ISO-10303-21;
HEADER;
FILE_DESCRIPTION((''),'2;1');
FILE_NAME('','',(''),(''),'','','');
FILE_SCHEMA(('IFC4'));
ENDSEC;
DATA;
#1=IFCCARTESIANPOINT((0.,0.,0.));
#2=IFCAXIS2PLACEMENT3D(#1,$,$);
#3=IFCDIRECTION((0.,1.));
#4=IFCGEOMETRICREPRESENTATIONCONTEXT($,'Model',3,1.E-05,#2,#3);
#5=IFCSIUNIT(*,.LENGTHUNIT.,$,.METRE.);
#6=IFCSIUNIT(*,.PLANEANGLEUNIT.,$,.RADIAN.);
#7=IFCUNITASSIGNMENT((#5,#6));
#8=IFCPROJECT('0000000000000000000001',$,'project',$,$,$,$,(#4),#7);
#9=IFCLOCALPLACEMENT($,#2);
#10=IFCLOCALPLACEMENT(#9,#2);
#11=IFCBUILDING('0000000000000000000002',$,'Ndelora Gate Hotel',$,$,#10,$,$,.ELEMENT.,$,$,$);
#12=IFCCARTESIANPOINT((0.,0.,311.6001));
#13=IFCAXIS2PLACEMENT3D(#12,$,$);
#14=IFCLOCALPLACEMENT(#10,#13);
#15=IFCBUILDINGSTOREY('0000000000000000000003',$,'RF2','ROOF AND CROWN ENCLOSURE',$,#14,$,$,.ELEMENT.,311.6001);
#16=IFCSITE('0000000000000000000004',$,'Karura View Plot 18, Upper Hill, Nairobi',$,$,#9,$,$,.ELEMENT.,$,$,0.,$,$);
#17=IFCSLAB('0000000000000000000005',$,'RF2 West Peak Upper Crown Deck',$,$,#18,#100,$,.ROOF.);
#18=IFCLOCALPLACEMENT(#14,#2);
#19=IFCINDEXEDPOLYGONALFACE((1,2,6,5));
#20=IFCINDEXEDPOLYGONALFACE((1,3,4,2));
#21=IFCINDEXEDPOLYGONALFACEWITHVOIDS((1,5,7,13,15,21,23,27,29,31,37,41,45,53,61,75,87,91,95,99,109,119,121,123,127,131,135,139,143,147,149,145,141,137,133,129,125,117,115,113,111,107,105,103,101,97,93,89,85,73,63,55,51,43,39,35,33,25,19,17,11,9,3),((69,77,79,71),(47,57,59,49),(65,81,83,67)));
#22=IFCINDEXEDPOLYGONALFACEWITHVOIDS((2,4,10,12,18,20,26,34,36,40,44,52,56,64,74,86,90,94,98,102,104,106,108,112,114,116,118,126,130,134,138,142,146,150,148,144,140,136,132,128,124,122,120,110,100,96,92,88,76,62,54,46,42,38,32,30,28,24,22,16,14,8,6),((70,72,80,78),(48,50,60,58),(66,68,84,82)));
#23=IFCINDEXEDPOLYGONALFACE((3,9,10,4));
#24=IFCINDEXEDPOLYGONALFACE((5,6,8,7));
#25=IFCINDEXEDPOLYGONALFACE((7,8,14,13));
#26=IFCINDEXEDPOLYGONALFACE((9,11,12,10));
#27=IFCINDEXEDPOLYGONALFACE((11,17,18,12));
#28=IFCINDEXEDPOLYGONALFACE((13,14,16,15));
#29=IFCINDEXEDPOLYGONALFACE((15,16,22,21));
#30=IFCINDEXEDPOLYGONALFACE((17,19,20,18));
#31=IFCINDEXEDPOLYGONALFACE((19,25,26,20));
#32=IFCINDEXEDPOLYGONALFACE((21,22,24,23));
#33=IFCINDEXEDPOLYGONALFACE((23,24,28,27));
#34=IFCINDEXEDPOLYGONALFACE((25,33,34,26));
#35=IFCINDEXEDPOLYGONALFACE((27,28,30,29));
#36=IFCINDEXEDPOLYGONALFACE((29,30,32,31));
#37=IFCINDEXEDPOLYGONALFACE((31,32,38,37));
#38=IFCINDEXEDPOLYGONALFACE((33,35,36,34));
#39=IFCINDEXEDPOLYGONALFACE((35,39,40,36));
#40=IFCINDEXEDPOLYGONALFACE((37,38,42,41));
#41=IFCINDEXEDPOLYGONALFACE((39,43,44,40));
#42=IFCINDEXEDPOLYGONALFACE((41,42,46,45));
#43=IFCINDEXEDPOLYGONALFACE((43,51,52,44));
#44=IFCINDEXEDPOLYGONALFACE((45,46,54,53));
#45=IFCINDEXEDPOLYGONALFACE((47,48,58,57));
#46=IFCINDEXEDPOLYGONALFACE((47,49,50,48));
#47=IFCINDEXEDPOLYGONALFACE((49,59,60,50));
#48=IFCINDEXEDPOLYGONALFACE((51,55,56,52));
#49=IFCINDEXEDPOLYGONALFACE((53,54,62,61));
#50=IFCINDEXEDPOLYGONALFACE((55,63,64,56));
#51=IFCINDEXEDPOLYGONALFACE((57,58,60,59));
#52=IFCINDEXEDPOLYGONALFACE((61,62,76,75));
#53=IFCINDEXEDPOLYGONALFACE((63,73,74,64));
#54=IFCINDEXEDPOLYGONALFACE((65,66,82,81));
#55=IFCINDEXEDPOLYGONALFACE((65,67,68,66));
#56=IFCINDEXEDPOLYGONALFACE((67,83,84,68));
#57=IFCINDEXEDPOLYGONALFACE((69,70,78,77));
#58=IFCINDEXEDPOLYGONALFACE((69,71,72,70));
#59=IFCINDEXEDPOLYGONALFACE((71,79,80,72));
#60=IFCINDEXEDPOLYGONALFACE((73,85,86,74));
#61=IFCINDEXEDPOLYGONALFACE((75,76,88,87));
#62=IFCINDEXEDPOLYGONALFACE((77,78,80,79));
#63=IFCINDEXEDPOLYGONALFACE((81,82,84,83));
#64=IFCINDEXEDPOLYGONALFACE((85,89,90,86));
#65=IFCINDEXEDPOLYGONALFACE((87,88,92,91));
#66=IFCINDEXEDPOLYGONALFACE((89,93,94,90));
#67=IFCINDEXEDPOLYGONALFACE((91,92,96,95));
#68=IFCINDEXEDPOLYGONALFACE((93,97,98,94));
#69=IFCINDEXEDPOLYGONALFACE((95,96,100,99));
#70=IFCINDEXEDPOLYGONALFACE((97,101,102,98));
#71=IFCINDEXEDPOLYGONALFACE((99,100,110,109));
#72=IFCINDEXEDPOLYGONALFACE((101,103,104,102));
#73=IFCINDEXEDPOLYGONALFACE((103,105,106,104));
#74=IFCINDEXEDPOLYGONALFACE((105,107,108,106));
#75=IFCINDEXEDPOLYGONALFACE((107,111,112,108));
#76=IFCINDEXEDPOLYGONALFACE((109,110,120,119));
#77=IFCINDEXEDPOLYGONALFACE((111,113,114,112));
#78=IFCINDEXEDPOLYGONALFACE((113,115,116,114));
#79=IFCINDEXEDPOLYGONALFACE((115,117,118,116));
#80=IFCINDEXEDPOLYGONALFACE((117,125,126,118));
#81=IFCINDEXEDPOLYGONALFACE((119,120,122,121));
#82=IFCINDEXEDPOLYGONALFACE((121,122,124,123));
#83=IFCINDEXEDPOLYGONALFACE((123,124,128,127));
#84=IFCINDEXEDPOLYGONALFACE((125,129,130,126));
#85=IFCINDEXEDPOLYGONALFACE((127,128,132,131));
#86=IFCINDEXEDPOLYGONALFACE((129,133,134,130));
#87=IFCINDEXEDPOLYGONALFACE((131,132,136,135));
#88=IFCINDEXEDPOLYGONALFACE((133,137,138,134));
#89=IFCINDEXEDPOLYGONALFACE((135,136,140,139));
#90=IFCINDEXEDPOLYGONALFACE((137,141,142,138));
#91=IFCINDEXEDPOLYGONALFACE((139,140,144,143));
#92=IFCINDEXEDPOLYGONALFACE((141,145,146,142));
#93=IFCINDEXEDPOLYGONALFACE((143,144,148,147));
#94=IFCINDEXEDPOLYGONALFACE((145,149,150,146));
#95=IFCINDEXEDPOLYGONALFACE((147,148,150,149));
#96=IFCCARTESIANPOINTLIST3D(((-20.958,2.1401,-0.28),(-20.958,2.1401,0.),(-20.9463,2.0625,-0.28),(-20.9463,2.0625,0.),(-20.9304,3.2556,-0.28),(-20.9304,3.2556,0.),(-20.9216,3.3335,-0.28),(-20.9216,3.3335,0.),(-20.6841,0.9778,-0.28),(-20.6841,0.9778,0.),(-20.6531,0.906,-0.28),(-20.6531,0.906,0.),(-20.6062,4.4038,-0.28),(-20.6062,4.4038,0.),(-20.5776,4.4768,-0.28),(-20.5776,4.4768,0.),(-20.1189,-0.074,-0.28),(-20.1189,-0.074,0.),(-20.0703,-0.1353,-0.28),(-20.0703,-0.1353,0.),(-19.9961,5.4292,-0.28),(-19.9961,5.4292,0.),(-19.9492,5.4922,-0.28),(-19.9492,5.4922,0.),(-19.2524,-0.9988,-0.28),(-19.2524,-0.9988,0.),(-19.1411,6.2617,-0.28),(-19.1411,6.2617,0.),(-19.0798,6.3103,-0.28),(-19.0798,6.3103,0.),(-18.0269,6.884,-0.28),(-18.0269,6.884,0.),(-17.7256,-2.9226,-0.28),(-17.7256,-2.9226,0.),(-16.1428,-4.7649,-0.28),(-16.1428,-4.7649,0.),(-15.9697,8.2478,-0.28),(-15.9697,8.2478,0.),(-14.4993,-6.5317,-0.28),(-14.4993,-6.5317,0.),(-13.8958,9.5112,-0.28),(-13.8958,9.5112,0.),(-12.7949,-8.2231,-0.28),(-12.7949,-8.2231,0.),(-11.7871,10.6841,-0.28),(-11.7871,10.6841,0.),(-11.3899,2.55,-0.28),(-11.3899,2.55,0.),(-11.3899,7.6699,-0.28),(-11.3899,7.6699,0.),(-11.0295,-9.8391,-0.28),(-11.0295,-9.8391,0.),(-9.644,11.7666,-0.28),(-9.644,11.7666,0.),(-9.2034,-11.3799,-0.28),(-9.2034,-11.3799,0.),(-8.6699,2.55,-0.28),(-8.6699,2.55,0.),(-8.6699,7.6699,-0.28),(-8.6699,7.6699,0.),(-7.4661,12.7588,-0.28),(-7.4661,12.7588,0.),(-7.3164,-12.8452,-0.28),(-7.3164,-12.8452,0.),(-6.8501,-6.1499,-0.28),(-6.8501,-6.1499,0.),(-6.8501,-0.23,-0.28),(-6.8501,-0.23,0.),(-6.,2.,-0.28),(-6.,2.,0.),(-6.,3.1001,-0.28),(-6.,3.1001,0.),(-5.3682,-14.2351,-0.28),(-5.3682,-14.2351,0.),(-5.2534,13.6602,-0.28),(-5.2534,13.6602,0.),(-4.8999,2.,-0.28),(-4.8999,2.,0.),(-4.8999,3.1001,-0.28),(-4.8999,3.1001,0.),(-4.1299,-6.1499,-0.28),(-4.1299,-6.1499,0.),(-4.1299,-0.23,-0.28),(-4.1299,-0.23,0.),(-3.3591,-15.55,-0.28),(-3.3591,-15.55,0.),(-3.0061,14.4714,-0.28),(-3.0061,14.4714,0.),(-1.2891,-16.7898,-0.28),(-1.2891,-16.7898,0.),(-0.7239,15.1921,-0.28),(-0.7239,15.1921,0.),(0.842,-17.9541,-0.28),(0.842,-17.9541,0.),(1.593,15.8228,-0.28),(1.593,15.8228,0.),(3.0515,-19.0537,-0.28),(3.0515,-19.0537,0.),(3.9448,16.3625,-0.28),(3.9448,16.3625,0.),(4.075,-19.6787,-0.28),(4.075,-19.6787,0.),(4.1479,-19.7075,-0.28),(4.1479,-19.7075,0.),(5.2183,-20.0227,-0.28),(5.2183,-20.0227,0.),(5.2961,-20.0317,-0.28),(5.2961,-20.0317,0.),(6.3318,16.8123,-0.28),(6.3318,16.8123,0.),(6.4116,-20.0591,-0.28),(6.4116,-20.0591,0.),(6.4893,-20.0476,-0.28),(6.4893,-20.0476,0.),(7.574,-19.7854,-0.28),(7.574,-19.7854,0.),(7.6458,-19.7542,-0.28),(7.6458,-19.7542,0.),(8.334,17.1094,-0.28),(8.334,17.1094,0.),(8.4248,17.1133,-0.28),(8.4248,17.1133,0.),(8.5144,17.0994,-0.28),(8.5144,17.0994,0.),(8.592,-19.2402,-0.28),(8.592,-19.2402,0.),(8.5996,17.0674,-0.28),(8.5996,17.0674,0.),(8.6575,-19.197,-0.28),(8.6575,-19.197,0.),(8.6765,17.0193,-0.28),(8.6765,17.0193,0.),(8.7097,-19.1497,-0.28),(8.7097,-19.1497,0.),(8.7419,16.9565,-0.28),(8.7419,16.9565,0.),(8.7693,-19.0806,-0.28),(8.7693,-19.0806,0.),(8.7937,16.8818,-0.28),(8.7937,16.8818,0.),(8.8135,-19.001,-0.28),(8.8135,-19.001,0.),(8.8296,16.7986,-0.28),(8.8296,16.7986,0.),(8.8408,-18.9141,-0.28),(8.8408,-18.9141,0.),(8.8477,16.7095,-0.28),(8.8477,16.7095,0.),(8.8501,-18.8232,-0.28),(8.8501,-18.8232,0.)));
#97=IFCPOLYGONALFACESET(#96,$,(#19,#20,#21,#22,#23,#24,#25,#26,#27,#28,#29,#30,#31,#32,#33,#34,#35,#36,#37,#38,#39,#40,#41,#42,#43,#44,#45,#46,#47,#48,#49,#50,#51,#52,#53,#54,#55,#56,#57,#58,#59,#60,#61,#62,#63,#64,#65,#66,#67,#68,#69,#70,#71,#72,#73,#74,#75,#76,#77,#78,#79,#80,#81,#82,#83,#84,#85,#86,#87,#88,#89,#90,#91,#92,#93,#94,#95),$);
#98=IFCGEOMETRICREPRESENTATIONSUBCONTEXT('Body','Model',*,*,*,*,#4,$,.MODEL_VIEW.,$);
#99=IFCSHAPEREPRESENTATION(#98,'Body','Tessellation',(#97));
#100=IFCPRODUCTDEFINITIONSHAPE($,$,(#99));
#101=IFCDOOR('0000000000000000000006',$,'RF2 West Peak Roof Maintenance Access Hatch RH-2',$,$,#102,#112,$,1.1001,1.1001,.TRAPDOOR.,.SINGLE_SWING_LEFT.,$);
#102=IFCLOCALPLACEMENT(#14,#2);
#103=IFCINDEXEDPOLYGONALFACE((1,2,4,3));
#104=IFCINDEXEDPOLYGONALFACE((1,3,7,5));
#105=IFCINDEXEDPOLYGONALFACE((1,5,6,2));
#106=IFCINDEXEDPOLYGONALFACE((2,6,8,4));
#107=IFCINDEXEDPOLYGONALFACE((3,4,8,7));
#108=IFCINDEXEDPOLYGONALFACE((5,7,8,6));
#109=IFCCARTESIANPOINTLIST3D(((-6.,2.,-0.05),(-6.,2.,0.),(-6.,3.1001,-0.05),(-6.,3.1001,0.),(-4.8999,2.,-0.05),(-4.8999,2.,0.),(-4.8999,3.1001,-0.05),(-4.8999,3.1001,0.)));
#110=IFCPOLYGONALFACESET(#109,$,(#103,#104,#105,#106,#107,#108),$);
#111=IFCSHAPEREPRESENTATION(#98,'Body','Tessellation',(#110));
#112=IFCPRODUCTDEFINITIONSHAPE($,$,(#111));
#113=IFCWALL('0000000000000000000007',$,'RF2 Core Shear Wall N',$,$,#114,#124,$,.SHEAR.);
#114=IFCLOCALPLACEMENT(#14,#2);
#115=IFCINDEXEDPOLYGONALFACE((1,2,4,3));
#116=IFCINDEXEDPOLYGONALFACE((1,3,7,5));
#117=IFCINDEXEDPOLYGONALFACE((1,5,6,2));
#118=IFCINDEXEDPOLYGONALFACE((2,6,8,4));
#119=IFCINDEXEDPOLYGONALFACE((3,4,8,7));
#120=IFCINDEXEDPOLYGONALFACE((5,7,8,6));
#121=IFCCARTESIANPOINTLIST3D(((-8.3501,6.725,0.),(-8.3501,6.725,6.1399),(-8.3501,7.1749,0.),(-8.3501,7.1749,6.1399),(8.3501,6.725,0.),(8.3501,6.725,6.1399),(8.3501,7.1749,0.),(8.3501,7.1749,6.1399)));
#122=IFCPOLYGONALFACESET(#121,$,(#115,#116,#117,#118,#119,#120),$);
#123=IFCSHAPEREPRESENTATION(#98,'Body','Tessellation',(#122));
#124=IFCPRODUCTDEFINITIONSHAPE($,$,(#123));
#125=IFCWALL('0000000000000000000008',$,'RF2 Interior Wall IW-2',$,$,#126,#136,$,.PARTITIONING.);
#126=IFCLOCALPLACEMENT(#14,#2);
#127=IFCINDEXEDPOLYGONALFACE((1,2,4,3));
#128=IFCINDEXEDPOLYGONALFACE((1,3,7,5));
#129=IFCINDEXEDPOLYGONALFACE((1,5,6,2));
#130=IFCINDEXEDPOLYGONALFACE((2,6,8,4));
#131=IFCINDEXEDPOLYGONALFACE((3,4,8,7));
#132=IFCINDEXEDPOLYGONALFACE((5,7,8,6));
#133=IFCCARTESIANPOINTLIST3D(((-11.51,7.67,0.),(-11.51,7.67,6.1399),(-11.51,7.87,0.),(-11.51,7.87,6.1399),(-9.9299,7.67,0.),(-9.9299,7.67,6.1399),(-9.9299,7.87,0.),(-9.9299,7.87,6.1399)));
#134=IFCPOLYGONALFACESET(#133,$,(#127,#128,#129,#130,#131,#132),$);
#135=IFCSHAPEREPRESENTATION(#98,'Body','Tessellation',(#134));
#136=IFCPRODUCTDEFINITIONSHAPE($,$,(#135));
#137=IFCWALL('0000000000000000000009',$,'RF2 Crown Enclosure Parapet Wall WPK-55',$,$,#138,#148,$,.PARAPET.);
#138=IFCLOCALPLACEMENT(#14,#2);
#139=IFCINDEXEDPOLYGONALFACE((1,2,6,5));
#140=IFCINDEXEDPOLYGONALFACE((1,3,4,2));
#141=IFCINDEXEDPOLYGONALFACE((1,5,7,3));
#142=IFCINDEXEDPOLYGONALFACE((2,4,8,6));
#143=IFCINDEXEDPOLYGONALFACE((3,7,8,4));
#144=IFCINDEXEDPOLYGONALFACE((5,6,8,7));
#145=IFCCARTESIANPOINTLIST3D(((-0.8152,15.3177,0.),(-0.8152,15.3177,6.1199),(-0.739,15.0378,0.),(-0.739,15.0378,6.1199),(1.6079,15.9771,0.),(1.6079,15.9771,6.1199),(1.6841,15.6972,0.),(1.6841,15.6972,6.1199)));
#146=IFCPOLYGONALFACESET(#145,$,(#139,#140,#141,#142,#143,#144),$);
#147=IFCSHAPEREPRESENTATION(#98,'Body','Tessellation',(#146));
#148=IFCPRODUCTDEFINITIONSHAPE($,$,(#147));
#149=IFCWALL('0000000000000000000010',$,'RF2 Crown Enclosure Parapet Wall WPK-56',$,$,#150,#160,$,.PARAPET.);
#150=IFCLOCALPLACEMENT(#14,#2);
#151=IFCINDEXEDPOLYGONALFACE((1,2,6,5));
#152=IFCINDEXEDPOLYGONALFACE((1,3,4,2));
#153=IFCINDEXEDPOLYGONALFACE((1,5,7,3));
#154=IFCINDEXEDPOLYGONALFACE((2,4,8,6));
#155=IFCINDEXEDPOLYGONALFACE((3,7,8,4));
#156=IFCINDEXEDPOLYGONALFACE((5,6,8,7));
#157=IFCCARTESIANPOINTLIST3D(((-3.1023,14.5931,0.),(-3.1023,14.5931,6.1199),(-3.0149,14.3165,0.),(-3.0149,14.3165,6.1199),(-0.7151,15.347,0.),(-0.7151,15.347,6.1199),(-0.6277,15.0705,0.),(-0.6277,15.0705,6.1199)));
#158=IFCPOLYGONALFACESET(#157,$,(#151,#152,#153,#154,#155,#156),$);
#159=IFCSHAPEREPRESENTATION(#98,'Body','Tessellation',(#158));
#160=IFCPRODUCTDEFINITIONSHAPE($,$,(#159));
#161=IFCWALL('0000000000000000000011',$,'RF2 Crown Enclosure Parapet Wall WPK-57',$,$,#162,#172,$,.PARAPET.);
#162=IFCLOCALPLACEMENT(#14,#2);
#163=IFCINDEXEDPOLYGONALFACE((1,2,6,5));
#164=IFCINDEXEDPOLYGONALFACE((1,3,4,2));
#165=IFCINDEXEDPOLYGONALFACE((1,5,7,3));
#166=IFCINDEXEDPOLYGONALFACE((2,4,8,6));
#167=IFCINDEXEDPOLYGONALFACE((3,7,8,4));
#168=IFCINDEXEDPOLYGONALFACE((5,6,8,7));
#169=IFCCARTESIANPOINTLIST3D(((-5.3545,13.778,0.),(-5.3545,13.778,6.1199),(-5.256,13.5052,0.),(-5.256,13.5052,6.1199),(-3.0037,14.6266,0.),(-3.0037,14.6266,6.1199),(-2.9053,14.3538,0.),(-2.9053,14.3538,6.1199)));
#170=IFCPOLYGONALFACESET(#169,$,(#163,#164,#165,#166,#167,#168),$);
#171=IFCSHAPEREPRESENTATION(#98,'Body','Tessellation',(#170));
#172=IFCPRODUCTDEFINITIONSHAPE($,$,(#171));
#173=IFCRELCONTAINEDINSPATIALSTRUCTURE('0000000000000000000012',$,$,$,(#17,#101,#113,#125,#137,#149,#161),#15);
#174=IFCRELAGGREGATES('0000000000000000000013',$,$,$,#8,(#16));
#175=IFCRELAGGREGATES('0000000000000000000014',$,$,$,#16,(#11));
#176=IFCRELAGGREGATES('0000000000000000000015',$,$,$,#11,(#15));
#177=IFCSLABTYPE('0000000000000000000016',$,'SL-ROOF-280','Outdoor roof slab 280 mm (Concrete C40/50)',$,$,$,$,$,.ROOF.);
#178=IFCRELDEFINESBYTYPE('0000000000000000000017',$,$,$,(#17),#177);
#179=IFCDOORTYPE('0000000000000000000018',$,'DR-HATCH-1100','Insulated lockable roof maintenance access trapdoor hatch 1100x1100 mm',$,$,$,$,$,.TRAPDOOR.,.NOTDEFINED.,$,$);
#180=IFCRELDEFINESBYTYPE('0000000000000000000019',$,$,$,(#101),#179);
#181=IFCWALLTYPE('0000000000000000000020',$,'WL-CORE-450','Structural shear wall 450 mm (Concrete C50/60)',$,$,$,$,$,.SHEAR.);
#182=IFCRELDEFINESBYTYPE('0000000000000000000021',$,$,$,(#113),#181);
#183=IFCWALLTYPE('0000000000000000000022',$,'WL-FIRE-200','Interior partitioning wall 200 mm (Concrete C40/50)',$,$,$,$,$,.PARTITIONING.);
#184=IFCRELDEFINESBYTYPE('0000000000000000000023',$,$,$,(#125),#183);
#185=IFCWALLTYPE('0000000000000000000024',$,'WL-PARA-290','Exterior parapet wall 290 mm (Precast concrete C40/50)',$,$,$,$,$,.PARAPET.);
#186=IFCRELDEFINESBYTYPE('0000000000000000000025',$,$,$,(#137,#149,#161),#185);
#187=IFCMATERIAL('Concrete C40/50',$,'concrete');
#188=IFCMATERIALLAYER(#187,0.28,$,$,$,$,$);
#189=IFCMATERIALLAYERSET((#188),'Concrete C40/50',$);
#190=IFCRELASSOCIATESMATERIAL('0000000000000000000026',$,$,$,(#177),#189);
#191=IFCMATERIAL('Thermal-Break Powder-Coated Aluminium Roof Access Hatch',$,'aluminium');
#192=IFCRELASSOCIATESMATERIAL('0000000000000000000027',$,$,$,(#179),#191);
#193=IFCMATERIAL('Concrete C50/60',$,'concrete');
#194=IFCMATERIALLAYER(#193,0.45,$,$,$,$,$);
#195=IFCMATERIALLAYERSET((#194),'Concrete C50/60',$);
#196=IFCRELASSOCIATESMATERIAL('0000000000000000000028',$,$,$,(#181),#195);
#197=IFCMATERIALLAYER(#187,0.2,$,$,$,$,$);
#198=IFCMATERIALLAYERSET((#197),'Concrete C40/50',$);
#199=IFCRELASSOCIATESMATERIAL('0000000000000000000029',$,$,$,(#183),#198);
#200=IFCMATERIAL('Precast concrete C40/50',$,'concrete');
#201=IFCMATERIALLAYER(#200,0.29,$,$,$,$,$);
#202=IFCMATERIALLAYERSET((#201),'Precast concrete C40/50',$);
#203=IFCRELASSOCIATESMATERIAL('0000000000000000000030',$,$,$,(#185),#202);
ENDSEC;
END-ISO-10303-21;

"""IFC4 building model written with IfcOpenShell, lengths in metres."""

from ifc_helpers import new_model, si_unit, direction, frame, frame_2d, origin, origin_2d, place, context, subcontext, project, spatial, polyline, rectangle, outline, extrude, material, layer, layer_set, type_object, element, fill, save


model = new_model("IFC4")

# Units and contexts
model_context = context("Model", 3, precision=1e-05, world=origin(), true_north=direction((0.0, 1.0)))
body_context = subcontext(model_context, "Body", "Model", "MODEL_VIEW")
ifc_project = project(units=[si_unit("LENGTHUNIT", "METRE"), si_unit("PLANEANGLEUNIT", "RADIAN")], contexts=[model_context])

# Site, building, storey
site_placement = place(None, origin())
site = spatial("IfcSite", under=ifc_project, at=site_placement, Name="Karura View Plot 18, Upper Hill, Nairobi", CompositionType="ELEMENT", RefElevation=0.0)
building_placement = place(site_placement, origin())
building = spatial("IfcBuilding", under=site, at=building_placement, Name="Ndelora Gate Hotel", CompositionType="ELEMENT")
storey_placement = place(building_placement, frame((0.0, 0.0, 311.6001)))
storey = spatial("IfcBuildingStorey", under=building, at=storey_placement, Name="RF2", Description="ROOF AND CROWN ENCLOSURE", CompositionType="ELEMENT", Elevation=311.6001)

# Shared definitions
ifc_material_1 = material(Name="Concrete C50/60", Category="concrete")

# Slab, opening, door
ifc_material_2 = material(Name="Concrete C40/50", Category="concrete")
ifc_layer_1 = layer(ifc_material_2, 0.28)
ifc_layer_set_1 = layer_set([ifc_layer_1], Name="Concrete C40/50")
slab_type = type_object("IfcSlabType", Name="SL-ROOF-280", Description="Outdoor roof slab 280 mm (Concrete C40/50)", PredefinedType="ROOF", material=ifc_layer_set_1)
slab_placement = place(storey_placement, frame((0.0, 0.0, -0.28)))
slab = element("IfcSlab", 1, at=slab_placement, inside=storey, type_object=slab_type, Name="RF2 West Peak Upper Crown Deck", PredefinedType="ROOF", context=body_context, shape_type="SweptSolid", body=[
    extrude(outline(polyline([(-18.0269, 6.884), (-19.0798, 6.3103), (-19.1411, 6.2617), (-19.9492, 5.4922), (-19.9961, 5.4292), (-20.5776, 4.4768), (-20.6062, 4.4038), (-20.9216, 3.3335), (-20.9304, 3.2556), (-20.958, 2.1401), (-20.9463, 2.0625), (-20.6841, 0.9778), (-20.6531, 0.906), (-20.1189, -0.074), (-20.0703, -0.1353), (-19.2524, -0.9988), (-17.7256, -2.9226), (-16.1428, -4.7649), (-14.4993, -6.5317), (-12.7949, -8.2231), (-11.0295, -9.8391), (-9.2034, -11.3799), (-7.3164, -12.8452), (-5.3682, -14.2351), (-3.3591, -15.55), (-1.2891, -16.7898), (0.842, -17.9541), (3.0515, -19.0537), (4.075, -19.6787), (4.1479, -19.7075), (5.2183, -20.0227), (5.2961, -20.0317), (6.4116, -20.0591), (6.4893, -20.0476), (7.574, -19.7854), (7.6458, -19.7542), (8.592, -19.2402), (8.6575, -19.197), (8.7097, -19.1497), (8.7693, -19.0806), (8.8135, -19.001), (8.8408, -18.9141), (8.8501, -18.8232), (8.8477, 16.7095), (8.8296, 16.7986), (8.7937, 16.8818), (8.7419, 16.9565), (8.6765, 17.0193), (8.5996, 17.0674), (8.5144, 17.0994), (8.4248, 17.1133), (8.334, 17.1094), (6.3318, 16.8123), (3.9448, 16.3625), (1.593, 15.8228), (-0.7239, 15.1921), (-3.0061, 14.4714), (-5.2534, 13.6602), (-7.4661, 12.7588), (-9.644, 11.7666), (-11.7871, 10.6841), (-13.8958, 9.5112), (-15.9697, 8.2478), (-18.0269, 6.884)]), holes=[polyline([(-6.8501, -0.23), (-6.8501, -6.1499), (-4.1299, -6.1499), (-4.1299, -0.23), (-6.8501, -0.23)]), polyline([(-11.3899, 7.6699), (-11.3899, 2.55), (-8.6699, 2.55), (-8.6699, 7.6699), (-11.3899, 7.6699)]), polyline([(-6.0, 2.0), (-4.8999, 2.0), (-4.8999, 3.1001), (-6.0, 3.1001), (-6.0, 2.0)])]), origin(), (0.0, 0.0, 1.0), 0.28),
])
opening_placement = place(slab_placement, frame((-5.45, 2.55, 0.0)))
opening = element("IfcOpeningElement", 2, at=opening_placement, cuts=slab, PredefinedType="OPENING", context=body_context, shape_type="SweptSolid", body=[
    extrude(rectangle(XDim=1.1001, YDim=1.1001, at=origin_2d()), frame((0.0, 0.0, -0.01)), (0.0, 0.0, 1.0), 0.3),
])
ifc_material_3 = material(Name="Thermal-Break Powder-Coated Aluminium Roof Access Hatch", Category="aluminium")
door_type = type_object("IfcDoorType", Name="DR-HATCH-1100", Description="Insulated lockable roof maintenance access trapdoor hatch 1100x1100 mm", OperationType="NOTDEFINED", PredefinedType="TRAPDOOR", material=ifc_material_3)
door_placement = place(opening_placement, frame((0.0, 0.0, 0.23)))
door = element("IfcDoor", 3, at=door_placement, inside=storey, type_object=door_type, Name="RF2 West Peak Roof Maintenance Access Hatch RH-2", OperationType="SINGLE_SWING_LEFT", OverallHeight=1.1001, OverallWidth=1.1001, PredefinedType="TRAPDOOR", context=body_context, shape_type="SweptSolid", body=[
    extrude(rectangle(XDim=1.1001, YDim=1.1001, at=origin_2d()), origin(), (0.0, 0.0, 1.0), 0.05),
])
fill(opening, door)

# Walls
ifc_layer_2 = layer(ifc_material_1, 0.45)
ifc_layer_set_2 = layer_set([ifc_layer_2], Name="Concrete C50/60")
wall_type_1 = type_object("IfcWallType", Name="WL-CORE-450", Description="Structural shear wall 450 mm (Concrete C50/60)", PredefinedType="SHEAR", material=ifc_layer_set_2)
wall_1_placement = place(storey_placement, frame((-8.3501, 6.95, 0.0), z_axis=(0.0, 0.0, 1.0), x_axis=(1.0, 0.0, 0.0)))
element("IfcWall", 4, at=wall_1_placement, inside=storey, type_object=wall_type_1, Name="RF2 Core Shear Wall N", PredefinedType="SHEAR", context=body_context, shape_type="SweptSolid", body=[
    extrude(rectangle(XDim=16.7002, YDim=0.45, at=frame_2d((8.3501, 0.0))), origin(), (0.0, 0.0, 1.0), 6.1399),
])
ifc_layer_3 = layer(ifc_material_2, 0.2)
ifc_layer_set_3 = layer_set([ifc_layer_3], Name="Concrete C40/50")
wall_type_2 = type_object("IfcWallType", Name="WL-FIRE-200", Description="Interior partitioning wall 200 mm (Concrete C40/50)", PredefinedType="PARTITIONING", material=ifc_layer_set_3)
wall_2_placement = place(storey_placement, frame((-11.51, 7.77, 0.0), z_axis=(0.0, 0.0, 1.0), x_axis=(1.0, 0.0, 0.0)))
element("IfcWall", 5, at=wall_2_placement, inside=storey, type_object=wall_type_2, Name="RF2 Interior Wall IW-2", PredefinedType="PARTITIONING", context=body_context, shape_type="SweptSolid", body=[
    extrude(rectangle(XDim=1.5801, YDim=0.2, at=frame_2d((0.79, 0.0))), origin(), (0.0, 0.0, 1.0), 6.1399),
])
ifc_material_4 = material(Name="Precast concrete C40/50", Category="concrete")
ifc_layer_4 = layer(ifc_material_4, 0.29)
ifc_layer_set_4 = layer_set([ifc_layer_4], Name="Precast concrete C40/50")
wall_type_3 = type_object("IfcWallType", Name="WL-PARA-290", Description="Exterior parapet wall 290 mm (Precast concrete C40/50)", PredefinedType="PARAPET", material=ifc_layer_set_4)
wall_3_placement = place(storey_placement, frame((-0.7771, 15.1777, 0.0), z_axis=(0.0, 0.0, 1.0), x_axis=(0.964907, 0.262591, 0.0)))
element("IfcWall", 6, at=wall_3_placement, inside=storey, type_object=wall_type_3, Name="RF2 Crown Enclosure Parapet Wall WPK-55", PredefinedType="PARAPET", context=body_context, shape_type="SweptSolid", body=[
    extrude(rectangle(XDim=2.5112, YDim=0.29, at=frame_2d((1.2556, 0.0))), origin(), (0.0, 0.0, 1.0), 6.1199),
])
wall_4_placement = place(storey_placement, frame((-3.0586, 14.4548, 0.0), z_axis=(0.0, 0.0, 1.0), x_axis=(0.953577, 0.30115, 0.0)))
element("IfcWall", 7, at=wall_4_placement, inside=storey, type_object=wall_type_3, Name="RF2 Crown Enclosure Parapet Wall WPK-56", PredefinedType="PARAPET", context=body_context, shape_type="SweptSolid", body=[
    extrude(rectangle(XDim=2.5034, YDim=0.29, at=frame_2d((1.2517, 0.0))), origin(), (0.0, 0.0, 1.0), 6.1199),
])
for number, where, z_axis, x_axis, name in (
    (8, (-5.3052, 13.6416, 0.0), (0.0, 0.0, 1.0), (0.940589, 0.339546, 0.0), "RF2 Crown Enclosure Parapet Wall WPK-57"),
):
    element("IfcWall", number, at=place(storey_placement, frame(where, z_axis=z_axis, x_axis=x_axis)), inside=storey, type_object=wall_type_3, Name=name, PredefinedType="PARAPET", context=body_context, shape_type="SweptSolid", body=[
        extrude(rectangle(XDim=2.4993, YDim=0.29, at=frame_2d((1.2495, 0.0))), origin(), (0.0, 0.0, 1.0), 6.1199),
    ])

save(model, "model.ifc")
